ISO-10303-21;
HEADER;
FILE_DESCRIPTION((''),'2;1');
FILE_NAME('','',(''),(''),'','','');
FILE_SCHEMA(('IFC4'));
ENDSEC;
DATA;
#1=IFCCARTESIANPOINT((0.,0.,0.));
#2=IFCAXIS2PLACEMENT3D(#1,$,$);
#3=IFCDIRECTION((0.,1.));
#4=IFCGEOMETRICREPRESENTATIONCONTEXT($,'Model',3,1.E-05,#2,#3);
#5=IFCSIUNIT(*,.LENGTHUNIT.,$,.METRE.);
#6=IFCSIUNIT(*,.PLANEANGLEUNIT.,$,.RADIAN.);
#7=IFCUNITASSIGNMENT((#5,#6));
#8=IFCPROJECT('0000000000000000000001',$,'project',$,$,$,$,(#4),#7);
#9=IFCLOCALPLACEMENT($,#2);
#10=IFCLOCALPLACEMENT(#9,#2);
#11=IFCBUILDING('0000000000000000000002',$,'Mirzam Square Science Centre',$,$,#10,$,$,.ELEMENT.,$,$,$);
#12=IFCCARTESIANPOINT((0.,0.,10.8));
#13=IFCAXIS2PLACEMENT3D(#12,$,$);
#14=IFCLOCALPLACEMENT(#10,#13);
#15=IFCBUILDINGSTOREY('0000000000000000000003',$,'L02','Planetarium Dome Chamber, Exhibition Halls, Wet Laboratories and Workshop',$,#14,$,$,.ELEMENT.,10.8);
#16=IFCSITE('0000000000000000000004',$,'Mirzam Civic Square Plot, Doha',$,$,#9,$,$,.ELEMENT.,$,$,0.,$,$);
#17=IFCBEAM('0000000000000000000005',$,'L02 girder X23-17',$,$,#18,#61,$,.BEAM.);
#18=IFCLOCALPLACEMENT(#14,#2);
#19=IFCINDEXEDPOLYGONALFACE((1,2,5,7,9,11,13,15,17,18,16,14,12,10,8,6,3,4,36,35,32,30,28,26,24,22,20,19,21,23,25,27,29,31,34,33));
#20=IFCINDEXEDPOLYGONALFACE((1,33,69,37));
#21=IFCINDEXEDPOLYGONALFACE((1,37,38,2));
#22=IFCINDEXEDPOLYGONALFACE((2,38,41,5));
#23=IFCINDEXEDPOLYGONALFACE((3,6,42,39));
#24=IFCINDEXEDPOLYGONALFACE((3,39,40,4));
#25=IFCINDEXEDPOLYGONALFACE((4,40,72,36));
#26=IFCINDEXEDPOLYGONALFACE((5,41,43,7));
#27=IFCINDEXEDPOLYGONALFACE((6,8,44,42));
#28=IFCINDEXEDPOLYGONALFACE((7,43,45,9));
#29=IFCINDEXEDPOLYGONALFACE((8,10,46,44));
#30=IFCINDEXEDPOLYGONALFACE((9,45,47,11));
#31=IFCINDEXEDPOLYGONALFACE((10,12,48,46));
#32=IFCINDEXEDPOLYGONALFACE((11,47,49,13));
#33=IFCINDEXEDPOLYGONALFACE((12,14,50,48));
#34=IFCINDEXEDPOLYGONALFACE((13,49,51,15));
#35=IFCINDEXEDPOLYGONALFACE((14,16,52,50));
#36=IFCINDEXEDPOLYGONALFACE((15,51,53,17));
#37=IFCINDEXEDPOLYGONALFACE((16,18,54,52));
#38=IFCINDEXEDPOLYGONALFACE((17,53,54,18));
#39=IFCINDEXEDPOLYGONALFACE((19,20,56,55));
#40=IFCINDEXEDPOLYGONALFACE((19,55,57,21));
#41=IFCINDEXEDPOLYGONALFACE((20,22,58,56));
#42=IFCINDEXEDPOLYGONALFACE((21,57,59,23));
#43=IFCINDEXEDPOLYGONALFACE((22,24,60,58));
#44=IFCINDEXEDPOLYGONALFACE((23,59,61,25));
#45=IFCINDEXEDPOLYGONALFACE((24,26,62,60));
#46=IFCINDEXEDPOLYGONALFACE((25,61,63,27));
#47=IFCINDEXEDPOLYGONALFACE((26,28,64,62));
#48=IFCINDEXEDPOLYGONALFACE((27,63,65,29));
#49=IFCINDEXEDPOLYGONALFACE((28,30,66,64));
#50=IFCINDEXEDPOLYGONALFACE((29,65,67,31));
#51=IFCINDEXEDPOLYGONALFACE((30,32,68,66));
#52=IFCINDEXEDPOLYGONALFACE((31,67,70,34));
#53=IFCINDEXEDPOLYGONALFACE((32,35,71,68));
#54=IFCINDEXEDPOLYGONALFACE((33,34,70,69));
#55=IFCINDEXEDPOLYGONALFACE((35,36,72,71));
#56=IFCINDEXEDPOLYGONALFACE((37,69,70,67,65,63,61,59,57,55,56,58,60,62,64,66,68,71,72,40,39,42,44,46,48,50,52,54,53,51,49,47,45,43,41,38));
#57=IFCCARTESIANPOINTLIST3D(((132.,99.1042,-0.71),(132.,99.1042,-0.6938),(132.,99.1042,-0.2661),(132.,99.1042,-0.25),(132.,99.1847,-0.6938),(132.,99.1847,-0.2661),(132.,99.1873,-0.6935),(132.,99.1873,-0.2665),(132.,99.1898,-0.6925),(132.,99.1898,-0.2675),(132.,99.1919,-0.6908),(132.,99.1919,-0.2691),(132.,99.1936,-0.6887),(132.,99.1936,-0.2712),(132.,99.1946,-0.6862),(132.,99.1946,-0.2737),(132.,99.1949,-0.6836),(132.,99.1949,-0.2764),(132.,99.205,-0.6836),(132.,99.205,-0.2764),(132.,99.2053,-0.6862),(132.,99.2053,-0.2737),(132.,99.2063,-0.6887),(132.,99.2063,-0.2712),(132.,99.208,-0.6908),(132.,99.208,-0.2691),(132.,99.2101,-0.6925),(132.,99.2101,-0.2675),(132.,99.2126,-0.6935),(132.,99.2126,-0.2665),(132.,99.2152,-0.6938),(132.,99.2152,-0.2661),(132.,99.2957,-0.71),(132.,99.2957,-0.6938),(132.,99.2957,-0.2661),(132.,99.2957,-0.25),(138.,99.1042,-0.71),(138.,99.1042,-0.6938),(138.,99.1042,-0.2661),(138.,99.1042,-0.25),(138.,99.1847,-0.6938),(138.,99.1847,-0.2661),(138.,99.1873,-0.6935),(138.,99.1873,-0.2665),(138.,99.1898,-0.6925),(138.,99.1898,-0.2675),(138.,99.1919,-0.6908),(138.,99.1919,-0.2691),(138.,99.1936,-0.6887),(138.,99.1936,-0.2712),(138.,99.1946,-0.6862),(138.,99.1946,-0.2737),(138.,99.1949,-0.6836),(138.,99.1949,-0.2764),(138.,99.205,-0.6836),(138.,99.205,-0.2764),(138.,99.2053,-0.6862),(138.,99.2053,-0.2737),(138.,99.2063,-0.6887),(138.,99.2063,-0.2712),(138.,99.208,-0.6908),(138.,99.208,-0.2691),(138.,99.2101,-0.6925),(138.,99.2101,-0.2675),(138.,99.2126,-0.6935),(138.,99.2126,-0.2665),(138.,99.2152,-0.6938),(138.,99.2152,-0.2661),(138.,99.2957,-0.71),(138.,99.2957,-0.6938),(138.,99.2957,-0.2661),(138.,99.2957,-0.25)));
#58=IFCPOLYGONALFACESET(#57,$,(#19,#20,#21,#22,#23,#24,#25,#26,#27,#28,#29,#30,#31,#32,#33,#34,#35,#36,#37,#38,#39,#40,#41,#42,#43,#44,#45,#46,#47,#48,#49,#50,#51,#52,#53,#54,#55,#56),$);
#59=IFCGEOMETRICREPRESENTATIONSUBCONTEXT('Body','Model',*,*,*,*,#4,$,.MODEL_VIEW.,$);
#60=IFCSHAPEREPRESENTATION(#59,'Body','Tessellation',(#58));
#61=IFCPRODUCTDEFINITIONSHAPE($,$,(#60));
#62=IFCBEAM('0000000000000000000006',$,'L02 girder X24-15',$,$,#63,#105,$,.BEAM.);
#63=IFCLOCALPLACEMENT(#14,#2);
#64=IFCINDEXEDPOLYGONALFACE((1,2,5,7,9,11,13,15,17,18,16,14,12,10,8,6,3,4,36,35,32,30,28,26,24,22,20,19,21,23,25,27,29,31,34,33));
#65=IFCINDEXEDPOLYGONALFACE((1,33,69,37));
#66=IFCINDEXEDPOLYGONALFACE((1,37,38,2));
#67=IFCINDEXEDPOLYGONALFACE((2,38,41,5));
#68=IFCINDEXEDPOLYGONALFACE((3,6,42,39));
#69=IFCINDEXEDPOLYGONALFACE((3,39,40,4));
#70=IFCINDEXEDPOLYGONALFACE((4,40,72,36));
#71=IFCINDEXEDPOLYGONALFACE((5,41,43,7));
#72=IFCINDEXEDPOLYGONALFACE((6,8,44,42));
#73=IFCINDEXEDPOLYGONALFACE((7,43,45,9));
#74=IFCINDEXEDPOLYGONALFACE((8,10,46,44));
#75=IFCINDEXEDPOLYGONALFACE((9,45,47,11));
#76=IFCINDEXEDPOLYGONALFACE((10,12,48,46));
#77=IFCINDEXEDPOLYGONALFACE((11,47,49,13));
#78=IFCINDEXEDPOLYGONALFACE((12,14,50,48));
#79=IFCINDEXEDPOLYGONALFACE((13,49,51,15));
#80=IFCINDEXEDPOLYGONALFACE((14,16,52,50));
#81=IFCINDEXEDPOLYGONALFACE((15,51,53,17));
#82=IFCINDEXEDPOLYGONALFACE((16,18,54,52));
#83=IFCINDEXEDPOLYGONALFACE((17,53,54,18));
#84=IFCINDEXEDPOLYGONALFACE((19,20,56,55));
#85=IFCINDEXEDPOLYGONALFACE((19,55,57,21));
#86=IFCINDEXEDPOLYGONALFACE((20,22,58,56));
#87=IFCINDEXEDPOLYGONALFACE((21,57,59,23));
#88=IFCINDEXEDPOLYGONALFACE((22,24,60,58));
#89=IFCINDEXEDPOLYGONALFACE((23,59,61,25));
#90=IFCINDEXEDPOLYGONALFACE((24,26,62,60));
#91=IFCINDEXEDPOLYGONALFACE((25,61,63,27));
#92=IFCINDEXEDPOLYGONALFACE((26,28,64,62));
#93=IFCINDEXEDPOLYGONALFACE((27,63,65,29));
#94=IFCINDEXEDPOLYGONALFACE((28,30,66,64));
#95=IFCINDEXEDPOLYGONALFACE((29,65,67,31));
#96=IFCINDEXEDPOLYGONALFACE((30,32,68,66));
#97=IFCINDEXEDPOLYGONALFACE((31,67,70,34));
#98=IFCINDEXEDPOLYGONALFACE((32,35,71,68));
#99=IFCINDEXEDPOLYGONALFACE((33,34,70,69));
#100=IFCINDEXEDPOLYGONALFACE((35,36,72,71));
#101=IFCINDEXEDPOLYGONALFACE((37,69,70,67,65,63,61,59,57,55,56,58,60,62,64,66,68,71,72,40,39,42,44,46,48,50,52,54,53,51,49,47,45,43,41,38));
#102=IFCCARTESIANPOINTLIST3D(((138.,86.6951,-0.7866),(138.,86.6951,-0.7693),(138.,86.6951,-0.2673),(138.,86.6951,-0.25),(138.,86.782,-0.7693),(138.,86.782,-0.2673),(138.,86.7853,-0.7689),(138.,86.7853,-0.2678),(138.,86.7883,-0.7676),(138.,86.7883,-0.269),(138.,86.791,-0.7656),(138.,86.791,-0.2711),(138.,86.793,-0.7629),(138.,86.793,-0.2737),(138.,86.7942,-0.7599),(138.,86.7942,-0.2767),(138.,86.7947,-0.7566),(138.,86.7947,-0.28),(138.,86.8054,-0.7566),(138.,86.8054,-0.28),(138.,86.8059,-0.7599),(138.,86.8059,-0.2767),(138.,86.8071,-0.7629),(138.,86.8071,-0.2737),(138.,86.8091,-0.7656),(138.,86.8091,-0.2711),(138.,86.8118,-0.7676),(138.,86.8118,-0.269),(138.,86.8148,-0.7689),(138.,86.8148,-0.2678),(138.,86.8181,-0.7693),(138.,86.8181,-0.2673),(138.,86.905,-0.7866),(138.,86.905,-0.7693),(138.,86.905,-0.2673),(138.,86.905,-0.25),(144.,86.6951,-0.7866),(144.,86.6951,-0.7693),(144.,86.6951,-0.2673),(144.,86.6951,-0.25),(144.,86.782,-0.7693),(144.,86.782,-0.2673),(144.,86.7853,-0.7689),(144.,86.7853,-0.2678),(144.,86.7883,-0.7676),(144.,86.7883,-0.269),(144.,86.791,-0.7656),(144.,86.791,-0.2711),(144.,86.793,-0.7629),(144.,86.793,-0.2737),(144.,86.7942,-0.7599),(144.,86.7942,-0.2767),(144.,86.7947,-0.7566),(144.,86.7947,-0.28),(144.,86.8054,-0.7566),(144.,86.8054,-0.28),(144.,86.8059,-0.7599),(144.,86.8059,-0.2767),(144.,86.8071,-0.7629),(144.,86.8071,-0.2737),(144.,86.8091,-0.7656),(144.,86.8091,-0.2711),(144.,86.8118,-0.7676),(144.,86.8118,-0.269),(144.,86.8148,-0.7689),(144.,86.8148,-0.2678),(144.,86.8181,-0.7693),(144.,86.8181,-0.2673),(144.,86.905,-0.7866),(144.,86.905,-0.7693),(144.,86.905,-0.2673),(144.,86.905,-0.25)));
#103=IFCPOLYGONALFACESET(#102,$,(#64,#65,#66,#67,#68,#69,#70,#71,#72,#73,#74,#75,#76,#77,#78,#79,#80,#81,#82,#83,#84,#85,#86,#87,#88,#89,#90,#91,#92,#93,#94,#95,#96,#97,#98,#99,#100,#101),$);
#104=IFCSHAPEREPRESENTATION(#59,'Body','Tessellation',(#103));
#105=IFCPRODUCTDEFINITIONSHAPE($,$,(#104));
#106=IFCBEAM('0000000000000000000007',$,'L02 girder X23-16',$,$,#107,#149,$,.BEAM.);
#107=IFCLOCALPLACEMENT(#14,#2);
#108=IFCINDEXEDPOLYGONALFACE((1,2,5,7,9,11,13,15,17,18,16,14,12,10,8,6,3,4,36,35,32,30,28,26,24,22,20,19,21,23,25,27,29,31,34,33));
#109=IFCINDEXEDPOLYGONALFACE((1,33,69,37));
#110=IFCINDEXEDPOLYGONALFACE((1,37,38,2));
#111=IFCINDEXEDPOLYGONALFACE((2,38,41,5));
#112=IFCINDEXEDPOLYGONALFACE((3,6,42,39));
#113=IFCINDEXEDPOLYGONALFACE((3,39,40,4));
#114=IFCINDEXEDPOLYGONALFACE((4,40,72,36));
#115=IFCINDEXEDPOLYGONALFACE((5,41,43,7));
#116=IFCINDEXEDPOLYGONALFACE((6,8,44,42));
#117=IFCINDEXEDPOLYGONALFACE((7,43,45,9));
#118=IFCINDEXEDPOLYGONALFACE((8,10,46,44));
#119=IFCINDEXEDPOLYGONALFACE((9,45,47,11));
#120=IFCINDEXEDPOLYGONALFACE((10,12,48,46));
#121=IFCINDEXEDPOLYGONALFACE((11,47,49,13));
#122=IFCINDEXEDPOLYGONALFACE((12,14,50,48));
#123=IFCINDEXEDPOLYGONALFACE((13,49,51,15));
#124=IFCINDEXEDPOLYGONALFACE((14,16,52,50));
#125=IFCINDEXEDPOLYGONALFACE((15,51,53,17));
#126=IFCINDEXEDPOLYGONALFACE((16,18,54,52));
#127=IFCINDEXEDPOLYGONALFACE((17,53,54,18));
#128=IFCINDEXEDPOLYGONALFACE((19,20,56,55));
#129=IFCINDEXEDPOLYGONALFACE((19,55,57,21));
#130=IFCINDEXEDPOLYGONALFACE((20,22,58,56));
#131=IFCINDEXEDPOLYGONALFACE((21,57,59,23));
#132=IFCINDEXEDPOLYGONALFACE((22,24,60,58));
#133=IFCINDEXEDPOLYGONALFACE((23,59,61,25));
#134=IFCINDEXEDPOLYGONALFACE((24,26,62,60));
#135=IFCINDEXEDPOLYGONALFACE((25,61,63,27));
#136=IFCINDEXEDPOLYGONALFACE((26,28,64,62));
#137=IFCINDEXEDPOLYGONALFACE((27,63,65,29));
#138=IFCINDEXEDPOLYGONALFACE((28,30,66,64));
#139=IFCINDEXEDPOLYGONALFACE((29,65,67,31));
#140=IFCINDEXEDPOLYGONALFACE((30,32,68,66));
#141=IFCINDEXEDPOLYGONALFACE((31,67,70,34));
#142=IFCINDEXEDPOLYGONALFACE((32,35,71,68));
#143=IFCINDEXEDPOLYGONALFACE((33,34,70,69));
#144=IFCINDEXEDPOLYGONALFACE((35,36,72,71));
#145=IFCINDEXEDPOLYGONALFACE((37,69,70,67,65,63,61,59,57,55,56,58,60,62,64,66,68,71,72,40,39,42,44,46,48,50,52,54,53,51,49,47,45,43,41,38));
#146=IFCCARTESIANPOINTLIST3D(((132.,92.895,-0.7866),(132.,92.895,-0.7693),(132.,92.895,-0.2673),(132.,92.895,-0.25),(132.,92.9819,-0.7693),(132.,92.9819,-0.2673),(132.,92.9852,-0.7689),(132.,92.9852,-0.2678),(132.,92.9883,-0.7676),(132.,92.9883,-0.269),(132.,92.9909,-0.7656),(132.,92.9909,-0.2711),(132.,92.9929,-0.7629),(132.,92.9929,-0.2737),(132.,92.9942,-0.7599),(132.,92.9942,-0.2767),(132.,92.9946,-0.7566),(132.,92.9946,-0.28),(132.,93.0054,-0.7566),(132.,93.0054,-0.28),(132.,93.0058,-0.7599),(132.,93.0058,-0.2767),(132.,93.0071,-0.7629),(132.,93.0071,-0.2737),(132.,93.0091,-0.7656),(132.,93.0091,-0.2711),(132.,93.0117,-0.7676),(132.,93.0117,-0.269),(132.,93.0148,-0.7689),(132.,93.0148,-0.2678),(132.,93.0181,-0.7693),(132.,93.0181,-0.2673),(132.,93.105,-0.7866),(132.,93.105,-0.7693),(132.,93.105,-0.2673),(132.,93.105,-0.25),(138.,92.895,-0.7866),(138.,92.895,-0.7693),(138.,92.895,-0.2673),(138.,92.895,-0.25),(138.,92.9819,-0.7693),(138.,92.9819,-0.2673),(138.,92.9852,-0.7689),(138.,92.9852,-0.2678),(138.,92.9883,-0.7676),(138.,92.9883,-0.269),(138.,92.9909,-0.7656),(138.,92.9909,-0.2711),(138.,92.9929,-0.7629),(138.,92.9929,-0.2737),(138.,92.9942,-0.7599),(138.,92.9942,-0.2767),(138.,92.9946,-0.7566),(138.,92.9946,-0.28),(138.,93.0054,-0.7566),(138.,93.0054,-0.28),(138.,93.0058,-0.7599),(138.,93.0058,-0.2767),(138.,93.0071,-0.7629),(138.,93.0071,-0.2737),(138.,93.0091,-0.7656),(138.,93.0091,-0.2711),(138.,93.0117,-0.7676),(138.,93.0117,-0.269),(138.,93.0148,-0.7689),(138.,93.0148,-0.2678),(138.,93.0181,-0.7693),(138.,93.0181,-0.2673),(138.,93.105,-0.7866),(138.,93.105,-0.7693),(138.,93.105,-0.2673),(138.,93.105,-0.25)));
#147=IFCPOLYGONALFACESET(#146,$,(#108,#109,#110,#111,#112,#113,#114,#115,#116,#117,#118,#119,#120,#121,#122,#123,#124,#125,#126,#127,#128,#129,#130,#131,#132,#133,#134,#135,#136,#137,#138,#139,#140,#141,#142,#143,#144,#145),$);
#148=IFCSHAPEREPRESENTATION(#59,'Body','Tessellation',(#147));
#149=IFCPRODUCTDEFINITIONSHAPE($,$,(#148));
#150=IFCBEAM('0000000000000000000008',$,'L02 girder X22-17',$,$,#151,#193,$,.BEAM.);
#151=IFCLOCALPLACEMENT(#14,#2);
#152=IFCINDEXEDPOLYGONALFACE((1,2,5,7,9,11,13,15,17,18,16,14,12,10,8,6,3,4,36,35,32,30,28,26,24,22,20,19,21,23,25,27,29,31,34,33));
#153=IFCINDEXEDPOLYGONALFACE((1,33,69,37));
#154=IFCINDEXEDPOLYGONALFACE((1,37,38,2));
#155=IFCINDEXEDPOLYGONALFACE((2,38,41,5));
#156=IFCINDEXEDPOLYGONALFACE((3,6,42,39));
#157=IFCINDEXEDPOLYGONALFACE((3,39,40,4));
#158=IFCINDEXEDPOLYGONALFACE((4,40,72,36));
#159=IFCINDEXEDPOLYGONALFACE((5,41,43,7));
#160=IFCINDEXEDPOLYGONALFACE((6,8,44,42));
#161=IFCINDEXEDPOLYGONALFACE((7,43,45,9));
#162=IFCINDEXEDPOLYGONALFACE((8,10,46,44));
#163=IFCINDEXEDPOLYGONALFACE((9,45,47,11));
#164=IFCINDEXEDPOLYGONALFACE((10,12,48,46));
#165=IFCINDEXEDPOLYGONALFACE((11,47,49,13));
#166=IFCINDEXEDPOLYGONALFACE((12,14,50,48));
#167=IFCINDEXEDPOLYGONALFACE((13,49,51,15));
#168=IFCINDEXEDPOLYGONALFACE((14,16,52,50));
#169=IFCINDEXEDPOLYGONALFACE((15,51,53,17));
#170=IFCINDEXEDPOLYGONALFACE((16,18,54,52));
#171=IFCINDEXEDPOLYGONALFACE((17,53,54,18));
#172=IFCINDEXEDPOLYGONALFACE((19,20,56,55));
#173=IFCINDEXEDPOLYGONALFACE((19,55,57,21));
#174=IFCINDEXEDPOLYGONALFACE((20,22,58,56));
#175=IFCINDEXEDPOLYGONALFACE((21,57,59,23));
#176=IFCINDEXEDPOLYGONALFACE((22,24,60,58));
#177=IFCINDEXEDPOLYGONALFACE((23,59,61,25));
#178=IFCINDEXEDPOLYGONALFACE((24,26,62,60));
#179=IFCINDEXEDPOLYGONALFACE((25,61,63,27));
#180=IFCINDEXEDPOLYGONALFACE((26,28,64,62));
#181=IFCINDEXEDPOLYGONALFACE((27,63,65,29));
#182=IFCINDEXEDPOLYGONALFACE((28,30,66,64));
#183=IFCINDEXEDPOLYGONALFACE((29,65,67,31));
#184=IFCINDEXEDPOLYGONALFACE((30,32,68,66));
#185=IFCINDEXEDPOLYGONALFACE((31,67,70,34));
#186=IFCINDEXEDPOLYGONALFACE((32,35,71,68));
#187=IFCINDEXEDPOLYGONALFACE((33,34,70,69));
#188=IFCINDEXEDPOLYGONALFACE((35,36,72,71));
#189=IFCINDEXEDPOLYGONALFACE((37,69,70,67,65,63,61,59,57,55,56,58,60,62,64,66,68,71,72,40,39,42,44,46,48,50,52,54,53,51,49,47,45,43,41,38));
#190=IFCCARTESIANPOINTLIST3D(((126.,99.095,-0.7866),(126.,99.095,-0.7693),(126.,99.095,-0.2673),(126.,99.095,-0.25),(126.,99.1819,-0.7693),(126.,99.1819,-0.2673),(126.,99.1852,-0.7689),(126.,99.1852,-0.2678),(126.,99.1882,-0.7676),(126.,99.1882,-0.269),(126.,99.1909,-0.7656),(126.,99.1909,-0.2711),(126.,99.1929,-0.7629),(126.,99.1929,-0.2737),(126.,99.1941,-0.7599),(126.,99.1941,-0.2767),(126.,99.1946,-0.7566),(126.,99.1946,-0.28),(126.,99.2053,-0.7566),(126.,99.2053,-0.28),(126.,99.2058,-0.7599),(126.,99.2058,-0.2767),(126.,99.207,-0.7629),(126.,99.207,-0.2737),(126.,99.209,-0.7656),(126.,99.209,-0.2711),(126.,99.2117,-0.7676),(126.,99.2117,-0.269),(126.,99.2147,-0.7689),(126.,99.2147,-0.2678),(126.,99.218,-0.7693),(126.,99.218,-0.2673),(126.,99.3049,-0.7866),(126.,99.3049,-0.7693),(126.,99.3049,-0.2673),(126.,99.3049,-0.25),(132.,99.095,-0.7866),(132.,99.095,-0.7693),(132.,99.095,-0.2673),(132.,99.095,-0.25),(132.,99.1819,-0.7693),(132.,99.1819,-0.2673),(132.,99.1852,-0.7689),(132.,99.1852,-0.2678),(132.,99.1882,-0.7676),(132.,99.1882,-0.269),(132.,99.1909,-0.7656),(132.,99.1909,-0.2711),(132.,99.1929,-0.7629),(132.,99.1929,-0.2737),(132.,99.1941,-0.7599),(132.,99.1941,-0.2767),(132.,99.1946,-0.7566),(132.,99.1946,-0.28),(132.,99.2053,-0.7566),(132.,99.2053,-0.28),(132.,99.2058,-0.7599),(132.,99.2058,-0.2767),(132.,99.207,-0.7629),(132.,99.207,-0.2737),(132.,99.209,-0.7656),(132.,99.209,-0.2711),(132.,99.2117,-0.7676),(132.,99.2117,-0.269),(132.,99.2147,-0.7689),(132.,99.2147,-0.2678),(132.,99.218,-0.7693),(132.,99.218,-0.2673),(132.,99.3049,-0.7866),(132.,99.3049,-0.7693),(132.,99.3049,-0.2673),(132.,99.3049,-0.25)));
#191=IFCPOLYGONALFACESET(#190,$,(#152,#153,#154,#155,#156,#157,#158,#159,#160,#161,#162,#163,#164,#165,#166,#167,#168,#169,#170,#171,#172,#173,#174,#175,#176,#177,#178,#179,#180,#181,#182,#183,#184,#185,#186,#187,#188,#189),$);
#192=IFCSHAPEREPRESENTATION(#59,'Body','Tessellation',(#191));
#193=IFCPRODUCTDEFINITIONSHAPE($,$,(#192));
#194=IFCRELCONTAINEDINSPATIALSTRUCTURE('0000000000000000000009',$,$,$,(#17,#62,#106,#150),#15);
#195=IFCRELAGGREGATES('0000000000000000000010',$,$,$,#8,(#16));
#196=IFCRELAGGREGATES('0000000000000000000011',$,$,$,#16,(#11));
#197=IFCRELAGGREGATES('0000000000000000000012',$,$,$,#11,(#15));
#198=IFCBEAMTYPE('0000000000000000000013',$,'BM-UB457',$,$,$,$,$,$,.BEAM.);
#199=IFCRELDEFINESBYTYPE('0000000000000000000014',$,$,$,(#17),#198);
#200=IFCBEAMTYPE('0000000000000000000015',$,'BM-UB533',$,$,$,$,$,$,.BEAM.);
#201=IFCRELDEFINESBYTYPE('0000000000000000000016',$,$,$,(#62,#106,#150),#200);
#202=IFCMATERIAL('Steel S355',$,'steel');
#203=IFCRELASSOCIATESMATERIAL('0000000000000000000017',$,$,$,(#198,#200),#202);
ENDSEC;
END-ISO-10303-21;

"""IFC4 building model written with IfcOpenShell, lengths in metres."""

from ifc_helpers import new_model, si_unit, direction, frame, origin, origin_2d, place, context, subcontext, project, spatial, i_section, extrude, material, material_profile, profile_set, type_object, element, save


model = new_model("IFC4")

# Units and contexts
model_context = context("Model", 3, precision=1e-05, world=origin(), true_north=direction((0.0, 1.0)))
body_context = subcontext(model_context, "Body", "Model", "MODEL_VIEW")
ifc_project = project(units=[si_unit("LENGTHUNIT", "METRE"), si_unit("PLANEANGLEUNIT", "RADIAN")], contexts=[model_context])

# Site, building, storey
site_placement = place(None, origin())
site = spatial("IfcSite", under=ifc_project, at=site_placement, Name="Mirzam Civic Square Plot, Doha", CompositionType="ELEMENT", RefElevation=0.0)
building_placement = place(site_placement, origin())
building = spatial("IfcBuilding", under=site, at=building_placement, Name="Mirzam Square Science Centre", CompositionType="ELEMENT")
storey_placement = place(building_placement, frame((0.0, 0.0, 10.8)))
storey = spatial("IfcBuildingStorey", under=building, at=storey_placement, Name="L02", Description="Planetarium Dome Chamber, Exhibition Halls, Wet Laboratories and Workshop", CompositionType="ELEMENT", Elevation=10.8)

# Shared definitions
ifc_material_1 = material(Name="Steel S355", Category="steel")

# Beams
ifc_material_profile_1 = material_profile(ifc_material_1, i_section(OverallWidth=0.1914, OverallDepth=0.46, WebThickness=0.01, FlangeThickness=0.0161, FilletRadius=0.0103, at=origin_2d()), Name="457x191x82UB")
ifc_profile_set_1 = profile_set([ifc_material_profile_1], Name="Steel S355")
beam_type_1 = type_object("IfcBeamType", Name="BM-UB457", PredefinedType="BEAM", material=ifc_profile_set_1)
beam_1_placement = place(storey_placement, frame((132.0, 99.2, -0.48), z_axis=(1.0, 0.0, 0.0), x_axis=(0.0, 1.0, 0.0)))
element("IfcBeam", 1, at=beam_1_placement, inside=storey, type_object=beam_type_1, Name="L02 girder X23-17", PredefinedType="BEAM", context=body_context, shape_type="SweptSolid", body=[
    extrude(i_section(OverallWidth=0.1914, OverallDepth=0.46, WebThickness=0.01, FlangeThickness=0.0161, FilletRadius=0.0103, at=origin_2d()), origin(), (0.0, 0.0, 1.0), 6.0),
])
ifc_material_profile_2 = material_profile(ifc_material_1, i_section(OverallWidth=0.21, OverallDepth=0.5366, WebThickness=0.0107, FlangeThickness=0.0173, FilletRadius=0.0127, at=origin_2d()), Name="533x210x101UB")
ifc_profile_set_2 = profile_set([ifc_material_profile_2], Name="Steel S355")
beam_type_2 = type_object("IfcBeamType", Name="BM-UB533", PredefinedType="BEAM", material=ifc_profile_set_2)
for number, where, z_axis, x_axis, name in (
    (2, (138.0, 86.8, -0.5183), (1.0, 0.0, 0.0), (0.0, 1.0, 0.0), "L02 girder X24-15"),
    (3, (132.0, 93.0, -0.5183), (1.0, 0.0, 0.0), (0.0, 1.0, 0.0), "L02 girder X23-16"),
    (4, (126.0, 99.2, -0.5183), (1.0, 0.0, 0.0), (0.0, 1.0, 0.0), "L02 girder X22-17"),
):
    element("IfcBeam", number, at=place(storey_placement, frame(where, z_axis=z_axis, x_axis=x_axis)), inside=storey, type_object=beam_type_2, Name=name, PredefinedType="BEAM", context=body_context, shape_type="SweptSolid", body=[
        extrude(i_section(OverallWidth=0.21, OverallDepth=0.5366, WebThickness=0.0107, FlangeThickness=0.0173, FilletRadius=0.0127, at=origin_2d()), origin(), (0.0, 0.0, 1.0), 6.0),
    ])

save(model, "model.ifc")
